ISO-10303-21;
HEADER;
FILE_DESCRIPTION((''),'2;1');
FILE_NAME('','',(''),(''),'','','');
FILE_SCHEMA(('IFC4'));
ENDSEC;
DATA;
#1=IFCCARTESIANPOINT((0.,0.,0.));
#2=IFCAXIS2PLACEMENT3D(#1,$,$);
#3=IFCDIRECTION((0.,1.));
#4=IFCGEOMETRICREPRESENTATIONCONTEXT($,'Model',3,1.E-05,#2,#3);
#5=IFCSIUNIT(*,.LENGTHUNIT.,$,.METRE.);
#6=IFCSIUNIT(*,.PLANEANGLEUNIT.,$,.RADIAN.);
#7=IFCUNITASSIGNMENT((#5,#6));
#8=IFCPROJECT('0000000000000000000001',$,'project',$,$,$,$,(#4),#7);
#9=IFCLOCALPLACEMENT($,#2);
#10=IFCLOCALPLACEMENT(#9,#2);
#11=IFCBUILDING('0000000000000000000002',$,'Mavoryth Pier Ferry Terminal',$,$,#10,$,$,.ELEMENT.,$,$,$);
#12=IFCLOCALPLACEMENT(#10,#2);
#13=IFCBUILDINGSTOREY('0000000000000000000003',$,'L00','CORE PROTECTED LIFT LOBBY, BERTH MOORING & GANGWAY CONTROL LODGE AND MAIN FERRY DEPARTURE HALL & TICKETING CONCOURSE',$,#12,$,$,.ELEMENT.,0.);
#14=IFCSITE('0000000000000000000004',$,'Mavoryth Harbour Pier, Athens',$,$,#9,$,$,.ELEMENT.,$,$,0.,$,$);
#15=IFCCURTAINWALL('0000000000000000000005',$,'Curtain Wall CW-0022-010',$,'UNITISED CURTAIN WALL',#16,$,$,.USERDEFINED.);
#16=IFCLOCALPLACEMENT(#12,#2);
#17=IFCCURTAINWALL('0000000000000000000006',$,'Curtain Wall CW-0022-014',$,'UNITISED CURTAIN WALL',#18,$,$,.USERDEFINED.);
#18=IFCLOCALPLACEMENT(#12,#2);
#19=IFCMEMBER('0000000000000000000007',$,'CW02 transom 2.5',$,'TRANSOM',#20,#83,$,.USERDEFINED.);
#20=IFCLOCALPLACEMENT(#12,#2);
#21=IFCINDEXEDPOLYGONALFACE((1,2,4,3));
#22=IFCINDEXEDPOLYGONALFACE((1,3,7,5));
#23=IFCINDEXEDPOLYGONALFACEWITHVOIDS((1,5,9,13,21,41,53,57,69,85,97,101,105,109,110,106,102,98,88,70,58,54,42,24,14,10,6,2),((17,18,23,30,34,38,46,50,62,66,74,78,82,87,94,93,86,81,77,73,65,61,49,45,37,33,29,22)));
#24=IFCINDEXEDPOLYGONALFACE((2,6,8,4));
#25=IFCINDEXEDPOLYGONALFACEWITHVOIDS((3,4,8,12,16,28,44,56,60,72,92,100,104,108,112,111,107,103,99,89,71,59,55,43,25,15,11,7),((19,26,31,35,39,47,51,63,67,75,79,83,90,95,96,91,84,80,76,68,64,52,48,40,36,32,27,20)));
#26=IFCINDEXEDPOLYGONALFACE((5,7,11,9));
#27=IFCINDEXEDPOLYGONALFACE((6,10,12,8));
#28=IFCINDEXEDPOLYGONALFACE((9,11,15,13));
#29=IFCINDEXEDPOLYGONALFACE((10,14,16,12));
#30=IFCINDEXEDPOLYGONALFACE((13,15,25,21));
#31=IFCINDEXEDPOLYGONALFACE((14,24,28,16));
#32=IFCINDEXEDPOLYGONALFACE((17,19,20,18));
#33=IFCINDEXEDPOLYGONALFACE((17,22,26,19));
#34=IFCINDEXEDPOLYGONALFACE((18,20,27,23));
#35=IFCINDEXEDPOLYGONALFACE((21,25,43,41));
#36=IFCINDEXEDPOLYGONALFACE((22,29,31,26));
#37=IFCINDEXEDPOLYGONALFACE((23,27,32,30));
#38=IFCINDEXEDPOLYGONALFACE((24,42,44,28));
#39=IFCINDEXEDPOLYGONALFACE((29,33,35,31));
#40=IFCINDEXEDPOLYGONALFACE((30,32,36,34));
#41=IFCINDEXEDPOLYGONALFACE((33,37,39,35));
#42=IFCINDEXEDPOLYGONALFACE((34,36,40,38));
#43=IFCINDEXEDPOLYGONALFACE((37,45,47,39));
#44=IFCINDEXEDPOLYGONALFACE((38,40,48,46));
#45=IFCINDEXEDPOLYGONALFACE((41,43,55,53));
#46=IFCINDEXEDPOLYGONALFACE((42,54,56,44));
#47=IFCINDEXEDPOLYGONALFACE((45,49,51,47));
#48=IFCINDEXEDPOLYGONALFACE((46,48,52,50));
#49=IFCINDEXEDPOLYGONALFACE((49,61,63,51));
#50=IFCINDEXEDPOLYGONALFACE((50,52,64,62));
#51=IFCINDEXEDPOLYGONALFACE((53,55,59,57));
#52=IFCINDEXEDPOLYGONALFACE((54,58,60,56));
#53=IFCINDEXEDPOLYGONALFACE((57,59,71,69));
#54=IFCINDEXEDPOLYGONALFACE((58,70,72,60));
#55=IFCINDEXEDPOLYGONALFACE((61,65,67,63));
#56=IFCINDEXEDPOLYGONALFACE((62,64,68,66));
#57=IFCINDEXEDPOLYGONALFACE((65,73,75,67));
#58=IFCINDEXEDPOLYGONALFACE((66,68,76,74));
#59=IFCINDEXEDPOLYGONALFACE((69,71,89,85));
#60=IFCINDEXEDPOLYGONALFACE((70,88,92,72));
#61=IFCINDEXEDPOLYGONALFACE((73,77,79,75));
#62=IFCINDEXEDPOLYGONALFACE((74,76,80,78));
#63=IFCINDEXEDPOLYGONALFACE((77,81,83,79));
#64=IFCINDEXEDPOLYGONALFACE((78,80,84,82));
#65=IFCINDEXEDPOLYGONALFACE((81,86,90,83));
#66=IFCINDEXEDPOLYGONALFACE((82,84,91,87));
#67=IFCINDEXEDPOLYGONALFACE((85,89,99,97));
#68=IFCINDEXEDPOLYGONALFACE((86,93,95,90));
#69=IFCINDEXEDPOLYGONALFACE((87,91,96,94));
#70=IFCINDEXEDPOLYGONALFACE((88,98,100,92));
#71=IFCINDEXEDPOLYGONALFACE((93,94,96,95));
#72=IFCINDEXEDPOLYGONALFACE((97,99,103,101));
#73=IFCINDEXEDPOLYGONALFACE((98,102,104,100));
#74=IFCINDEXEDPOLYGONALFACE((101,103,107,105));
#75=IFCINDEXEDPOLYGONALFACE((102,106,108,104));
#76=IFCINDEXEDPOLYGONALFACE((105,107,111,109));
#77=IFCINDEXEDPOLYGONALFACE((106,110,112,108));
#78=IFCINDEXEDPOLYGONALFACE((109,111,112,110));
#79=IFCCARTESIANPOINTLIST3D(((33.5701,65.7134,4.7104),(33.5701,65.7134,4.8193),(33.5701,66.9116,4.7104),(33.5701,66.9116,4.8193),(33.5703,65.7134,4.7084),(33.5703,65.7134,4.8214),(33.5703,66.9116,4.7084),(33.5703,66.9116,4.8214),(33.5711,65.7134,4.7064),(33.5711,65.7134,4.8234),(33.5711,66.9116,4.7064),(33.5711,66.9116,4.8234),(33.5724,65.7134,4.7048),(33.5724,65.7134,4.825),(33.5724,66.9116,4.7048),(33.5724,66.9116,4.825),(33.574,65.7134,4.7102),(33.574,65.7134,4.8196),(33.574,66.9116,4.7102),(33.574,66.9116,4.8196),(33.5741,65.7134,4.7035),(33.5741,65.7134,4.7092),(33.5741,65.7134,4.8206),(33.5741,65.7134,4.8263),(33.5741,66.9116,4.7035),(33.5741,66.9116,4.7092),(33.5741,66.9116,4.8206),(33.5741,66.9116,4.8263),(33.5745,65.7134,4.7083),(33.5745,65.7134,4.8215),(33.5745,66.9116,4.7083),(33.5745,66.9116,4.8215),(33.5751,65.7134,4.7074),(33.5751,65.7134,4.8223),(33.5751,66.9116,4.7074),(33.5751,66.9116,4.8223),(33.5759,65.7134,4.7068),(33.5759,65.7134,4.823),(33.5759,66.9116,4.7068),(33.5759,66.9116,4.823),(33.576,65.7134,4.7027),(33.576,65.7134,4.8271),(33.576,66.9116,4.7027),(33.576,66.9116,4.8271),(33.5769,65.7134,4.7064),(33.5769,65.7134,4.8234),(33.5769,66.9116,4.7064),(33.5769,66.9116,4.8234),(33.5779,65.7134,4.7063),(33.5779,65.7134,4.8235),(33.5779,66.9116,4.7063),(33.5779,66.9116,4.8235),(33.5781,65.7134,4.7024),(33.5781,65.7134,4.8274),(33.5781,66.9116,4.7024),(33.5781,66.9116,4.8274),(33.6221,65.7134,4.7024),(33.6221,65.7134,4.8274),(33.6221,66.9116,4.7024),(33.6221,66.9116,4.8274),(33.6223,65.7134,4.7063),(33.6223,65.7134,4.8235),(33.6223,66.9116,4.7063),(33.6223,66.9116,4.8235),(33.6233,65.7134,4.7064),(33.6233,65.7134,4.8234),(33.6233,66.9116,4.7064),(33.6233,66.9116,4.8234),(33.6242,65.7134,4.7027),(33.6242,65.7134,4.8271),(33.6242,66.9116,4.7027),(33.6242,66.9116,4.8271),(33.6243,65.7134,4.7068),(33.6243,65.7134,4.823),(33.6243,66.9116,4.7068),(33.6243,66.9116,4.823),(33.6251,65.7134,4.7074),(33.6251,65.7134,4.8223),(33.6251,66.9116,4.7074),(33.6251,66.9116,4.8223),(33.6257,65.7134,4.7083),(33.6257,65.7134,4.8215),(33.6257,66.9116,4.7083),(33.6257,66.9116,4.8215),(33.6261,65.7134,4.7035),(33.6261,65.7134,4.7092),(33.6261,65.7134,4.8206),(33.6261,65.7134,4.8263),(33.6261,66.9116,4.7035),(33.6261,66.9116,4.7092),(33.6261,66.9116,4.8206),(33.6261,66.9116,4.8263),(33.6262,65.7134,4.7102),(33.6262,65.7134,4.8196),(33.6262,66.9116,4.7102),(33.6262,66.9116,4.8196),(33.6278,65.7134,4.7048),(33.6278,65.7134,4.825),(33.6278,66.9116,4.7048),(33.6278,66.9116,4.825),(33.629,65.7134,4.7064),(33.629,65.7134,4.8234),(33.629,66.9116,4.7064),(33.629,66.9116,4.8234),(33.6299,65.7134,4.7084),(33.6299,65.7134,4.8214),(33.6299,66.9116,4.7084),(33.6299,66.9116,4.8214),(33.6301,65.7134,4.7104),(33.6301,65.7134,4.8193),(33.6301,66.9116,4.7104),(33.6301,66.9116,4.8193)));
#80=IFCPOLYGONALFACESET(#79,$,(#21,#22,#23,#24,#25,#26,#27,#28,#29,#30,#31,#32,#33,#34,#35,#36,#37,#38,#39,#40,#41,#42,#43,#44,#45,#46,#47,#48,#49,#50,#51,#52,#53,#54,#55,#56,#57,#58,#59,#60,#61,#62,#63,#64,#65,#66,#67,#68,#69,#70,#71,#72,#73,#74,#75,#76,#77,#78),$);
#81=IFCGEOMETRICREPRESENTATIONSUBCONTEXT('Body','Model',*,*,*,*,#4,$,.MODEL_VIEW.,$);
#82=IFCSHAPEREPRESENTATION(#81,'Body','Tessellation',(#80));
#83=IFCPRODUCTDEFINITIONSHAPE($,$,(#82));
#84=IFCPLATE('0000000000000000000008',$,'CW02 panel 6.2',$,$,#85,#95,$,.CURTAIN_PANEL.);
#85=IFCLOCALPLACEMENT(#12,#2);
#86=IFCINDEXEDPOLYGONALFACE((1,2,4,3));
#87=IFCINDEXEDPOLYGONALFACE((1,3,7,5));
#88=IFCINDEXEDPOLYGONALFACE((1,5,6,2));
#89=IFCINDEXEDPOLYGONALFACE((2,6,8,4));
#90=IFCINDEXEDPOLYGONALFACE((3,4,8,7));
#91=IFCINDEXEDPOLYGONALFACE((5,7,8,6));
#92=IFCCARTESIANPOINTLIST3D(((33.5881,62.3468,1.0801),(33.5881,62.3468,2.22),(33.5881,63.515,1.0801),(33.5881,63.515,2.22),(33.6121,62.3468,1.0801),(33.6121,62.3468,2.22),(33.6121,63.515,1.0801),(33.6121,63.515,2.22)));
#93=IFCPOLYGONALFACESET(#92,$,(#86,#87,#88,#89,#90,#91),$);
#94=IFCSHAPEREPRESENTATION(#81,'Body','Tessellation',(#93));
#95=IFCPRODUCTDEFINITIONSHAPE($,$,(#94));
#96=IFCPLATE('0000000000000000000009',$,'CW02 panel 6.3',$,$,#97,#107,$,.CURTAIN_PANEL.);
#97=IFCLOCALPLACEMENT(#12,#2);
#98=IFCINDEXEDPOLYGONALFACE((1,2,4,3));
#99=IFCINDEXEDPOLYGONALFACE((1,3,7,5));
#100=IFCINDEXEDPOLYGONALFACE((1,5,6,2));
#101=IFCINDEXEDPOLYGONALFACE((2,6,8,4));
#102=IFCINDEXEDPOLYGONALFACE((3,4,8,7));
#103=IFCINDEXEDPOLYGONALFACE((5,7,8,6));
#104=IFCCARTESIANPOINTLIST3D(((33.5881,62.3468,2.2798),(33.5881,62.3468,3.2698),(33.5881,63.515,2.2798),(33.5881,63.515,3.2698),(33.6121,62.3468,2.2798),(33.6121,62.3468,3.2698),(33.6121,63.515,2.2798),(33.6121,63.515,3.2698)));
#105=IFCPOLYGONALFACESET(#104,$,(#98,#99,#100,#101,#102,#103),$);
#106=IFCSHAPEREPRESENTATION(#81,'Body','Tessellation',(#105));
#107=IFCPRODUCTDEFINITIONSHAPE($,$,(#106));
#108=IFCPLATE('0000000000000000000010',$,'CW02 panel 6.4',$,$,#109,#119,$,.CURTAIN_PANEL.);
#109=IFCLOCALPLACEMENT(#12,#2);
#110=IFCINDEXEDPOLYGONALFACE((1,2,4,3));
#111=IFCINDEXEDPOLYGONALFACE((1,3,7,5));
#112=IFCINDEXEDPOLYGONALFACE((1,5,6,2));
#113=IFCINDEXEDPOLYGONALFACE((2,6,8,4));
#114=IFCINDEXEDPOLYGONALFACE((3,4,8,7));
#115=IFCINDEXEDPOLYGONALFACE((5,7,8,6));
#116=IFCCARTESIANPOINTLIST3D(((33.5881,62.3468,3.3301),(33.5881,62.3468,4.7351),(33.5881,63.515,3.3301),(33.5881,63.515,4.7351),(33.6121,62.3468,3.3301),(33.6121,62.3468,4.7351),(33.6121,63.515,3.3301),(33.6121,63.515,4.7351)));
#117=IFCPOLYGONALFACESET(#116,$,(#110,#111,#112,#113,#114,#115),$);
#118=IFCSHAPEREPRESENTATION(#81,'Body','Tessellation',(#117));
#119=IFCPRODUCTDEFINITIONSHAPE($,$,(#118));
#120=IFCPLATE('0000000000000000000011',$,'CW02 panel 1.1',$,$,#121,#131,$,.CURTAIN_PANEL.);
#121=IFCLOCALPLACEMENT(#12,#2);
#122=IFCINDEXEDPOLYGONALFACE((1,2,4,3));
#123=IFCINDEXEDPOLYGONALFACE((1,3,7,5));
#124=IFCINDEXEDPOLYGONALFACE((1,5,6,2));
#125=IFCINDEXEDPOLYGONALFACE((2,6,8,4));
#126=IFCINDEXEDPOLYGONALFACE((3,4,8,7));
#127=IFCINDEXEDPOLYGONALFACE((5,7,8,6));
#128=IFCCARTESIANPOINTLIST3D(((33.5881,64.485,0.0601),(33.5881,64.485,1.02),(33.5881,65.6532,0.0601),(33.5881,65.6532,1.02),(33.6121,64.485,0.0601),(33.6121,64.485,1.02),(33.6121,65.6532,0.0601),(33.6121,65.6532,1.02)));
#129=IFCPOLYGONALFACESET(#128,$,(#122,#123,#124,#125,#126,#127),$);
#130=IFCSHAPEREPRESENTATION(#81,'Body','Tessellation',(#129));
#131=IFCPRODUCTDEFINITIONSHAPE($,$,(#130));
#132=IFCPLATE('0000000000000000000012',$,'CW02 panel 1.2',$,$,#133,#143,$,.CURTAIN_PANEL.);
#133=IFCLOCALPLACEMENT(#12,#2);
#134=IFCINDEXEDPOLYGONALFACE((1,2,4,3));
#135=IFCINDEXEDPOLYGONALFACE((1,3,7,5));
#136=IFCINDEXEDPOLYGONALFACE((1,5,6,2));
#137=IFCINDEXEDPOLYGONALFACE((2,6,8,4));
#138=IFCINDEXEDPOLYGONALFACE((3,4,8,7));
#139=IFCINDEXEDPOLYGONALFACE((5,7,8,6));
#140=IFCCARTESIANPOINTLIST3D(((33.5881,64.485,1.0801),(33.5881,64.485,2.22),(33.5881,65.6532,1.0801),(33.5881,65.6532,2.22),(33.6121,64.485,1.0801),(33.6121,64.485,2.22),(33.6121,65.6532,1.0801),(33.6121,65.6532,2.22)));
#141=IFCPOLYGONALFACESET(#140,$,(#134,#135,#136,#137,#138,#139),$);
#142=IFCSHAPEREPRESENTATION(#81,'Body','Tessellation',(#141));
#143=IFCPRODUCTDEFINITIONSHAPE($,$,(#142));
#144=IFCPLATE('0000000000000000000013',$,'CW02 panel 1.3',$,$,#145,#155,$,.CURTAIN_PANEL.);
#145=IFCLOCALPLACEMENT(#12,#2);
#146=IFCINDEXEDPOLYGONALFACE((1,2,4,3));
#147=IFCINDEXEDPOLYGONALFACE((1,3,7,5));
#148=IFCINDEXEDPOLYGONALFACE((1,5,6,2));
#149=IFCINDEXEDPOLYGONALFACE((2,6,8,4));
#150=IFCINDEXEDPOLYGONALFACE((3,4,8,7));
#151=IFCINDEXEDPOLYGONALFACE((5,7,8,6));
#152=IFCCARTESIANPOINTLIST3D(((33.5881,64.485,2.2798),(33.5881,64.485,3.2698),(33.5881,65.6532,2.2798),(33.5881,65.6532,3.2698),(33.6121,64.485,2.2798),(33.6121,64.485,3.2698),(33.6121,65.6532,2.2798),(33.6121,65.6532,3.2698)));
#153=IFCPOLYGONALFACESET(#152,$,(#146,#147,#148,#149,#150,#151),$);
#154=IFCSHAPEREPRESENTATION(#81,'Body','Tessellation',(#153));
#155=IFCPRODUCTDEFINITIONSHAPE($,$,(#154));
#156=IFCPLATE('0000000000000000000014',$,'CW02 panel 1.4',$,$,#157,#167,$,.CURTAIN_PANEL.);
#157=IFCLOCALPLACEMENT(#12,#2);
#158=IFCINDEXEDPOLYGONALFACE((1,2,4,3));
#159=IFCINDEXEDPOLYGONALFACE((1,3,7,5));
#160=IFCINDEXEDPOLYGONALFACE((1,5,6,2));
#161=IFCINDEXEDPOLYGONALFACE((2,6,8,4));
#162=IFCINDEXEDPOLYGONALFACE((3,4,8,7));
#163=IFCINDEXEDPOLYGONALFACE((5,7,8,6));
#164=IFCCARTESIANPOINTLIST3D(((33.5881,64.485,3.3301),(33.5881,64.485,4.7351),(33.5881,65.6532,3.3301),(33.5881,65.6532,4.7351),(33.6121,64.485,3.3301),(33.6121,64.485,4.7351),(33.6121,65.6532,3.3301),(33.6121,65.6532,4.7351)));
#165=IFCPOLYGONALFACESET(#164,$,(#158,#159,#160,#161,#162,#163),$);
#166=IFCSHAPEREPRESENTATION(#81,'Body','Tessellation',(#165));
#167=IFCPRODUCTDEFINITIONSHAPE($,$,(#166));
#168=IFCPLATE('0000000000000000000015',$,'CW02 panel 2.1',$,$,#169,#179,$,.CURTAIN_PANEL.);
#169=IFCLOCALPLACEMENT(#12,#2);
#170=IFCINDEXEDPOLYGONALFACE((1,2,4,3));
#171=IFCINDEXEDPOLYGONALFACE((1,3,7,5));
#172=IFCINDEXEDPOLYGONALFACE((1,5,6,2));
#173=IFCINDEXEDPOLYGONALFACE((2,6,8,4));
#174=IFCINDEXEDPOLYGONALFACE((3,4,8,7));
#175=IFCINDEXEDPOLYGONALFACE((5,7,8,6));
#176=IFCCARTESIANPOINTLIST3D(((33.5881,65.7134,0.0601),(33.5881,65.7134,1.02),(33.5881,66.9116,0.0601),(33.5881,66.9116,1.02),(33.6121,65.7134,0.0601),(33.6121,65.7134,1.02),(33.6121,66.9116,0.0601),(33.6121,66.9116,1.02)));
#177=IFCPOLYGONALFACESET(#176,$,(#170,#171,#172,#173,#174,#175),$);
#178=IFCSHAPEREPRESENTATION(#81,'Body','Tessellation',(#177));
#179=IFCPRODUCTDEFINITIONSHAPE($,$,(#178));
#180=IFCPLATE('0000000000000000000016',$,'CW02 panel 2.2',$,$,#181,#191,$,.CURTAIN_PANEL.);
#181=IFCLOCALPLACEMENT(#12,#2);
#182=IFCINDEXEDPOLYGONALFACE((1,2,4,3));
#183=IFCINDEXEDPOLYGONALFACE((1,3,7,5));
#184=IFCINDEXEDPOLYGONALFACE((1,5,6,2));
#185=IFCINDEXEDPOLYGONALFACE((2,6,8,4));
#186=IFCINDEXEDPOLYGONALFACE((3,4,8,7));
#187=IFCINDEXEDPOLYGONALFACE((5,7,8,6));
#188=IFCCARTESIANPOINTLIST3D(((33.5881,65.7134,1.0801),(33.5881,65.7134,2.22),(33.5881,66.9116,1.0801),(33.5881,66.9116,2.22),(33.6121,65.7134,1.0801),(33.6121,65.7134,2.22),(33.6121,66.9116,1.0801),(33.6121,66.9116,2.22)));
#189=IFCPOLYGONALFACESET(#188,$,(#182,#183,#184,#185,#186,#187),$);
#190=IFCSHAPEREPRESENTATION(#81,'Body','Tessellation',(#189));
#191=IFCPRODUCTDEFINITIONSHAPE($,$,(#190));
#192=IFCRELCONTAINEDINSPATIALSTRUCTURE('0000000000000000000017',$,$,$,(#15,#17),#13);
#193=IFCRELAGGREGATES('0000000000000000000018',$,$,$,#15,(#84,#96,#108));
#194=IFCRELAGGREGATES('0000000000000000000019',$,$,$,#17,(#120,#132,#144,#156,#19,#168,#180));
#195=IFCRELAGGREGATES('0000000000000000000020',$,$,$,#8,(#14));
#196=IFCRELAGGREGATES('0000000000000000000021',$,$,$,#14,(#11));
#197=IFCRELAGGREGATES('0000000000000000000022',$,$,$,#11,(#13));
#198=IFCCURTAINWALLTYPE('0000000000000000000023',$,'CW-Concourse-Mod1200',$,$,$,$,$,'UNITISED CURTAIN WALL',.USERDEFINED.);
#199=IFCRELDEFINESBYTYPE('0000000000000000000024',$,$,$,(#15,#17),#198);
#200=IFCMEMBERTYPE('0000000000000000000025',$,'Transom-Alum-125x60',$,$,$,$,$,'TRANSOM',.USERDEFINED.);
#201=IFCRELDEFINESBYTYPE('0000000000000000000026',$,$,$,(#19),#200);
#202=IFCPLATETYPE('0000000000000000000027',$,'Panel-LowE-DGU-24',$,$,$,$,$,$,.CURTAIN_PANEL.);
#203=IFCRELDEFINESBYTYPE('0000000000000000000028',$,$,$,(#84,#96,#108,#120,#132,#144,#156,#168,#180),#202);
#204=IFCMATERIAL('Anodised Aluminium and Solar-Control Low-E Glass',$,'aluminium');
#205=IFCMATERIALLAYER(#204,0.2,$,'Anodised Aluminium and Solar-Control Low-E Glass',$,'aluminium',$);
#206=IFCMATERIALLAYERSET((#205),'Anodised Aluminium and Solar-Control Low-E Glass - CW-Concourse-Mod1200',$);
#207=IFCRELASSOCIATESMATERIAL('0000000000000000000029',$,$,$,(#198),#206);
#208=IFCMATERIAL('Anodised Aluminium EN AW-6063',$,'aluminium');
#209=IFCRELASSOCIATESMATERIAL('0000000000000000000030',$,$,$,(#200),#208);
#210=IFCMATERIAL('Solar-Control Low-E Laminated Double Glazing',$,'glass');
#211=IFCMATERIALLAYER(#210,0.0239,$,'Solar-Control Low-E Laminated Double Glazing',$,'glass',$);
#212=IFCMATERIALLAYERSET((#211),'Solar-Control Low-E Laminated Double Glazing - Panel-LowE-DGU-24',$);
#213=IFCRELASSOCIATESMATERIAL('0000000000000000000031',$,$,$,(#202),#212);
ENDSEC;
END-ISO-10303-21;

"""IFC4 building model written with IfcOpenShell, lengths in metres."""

from ifc_helpers import new_model, si_unit, direction, frame, origin, origin_2d, place, context, subcontext, project, spatial, rectangle, hollow_rectangle, extrude, material, layer, layer_set, material_profile, profile_set, type_object, element, aggregate, save


model = new_model("IFC4")

# Units and contexts
model_context = context("Model", 3, precision=1e-05, world=origin(), true_north=direction((0.0, 1.0)))
body_context = subcontext(model_context, "Body", "Model", "MODEL_VIEW")
ifc_project = project(units=[si_unit("LENGTHUNIT", "METRE"), si_unit("PLANEANGLEUNIT", "RADIAN")], contexts=[model_context])

# Site, building, storey
site_placement = place(None, origin())
site = spatial("IfcSite", under=ifc_project, at=site_placement, Name="Mavoryth Harbour Pier, Athens", CompositionType="ELEMENT", RefElevation=0.0)
building_placement = place(site_placement, origin())
building = spatial("IfcBuilding", under=site, at=building_placement, Name="Mavoryth Pier Ferry Terminal", CompositionType="ELEMENT")
storey_placement = place(building_placement, origin())
storey = spatial("IfcBuildingStorey", under=building, at=storey_placement, Name="L00", Description="CORE PROTECTED LIFT LOBBY, BERTH MOORING & GANGWAY CONTROL LODGE AND MAIN FERRY DEPARTURE HALL & TICKETING CONCOURSE", CompositionType="ELEMENT", Elevation=0.0)

# Curtain wall
ifc_material_1 = material(Name="Anodised Aluminium and Solar-Control Low-E Glass", Category="aluminium")
ifc_layer_1 = layer(ifc_material_1, 0.2, Name="Anodised Aluminium and Solar-Control Low-E Glass", Category="aluminium")
ifc_layer_set_1 = layer_set([ifc_layer_1], Name="Anodised Aluminium and Solar-Control Low-E Glass - CW-Concourse-Mod1200")
curtain_wall_type = type_object("IfcCurtainWallType", Name="CW-Concourse-Mod1200", ElementType="UNITISED CURTAIN WALL", PredefinedType="USERDEFINED", material=ifc_layer_set_1)
curtain_wall_1_placement = place(storey_placement, origin())
curtain_wall_1 = element("IfcCurtainWall", 1, at=curtain_wall_1_placement, inside=storey, type_object=curtain_wall_type, Name="Curtain Wall CW-0022-010", ObjectType="UNITISED CURTAIN WALL", PredefinedType="USERDEFINED")
ifc_material_2 = material(Name="Anodised Aluminium EN AW-6063", Category="aluminium")

# Curtain wall, member
curtain_wall_2_placement = place(storey_placement, origin())
curtain_wall_2 = element("IfcCurtainWall", 2, at=curtain_wall_2_placement, inside=storey, type_object=curtain_wall_type, Name="Curtain Wall CW-0022-014", ObjectType="UNITISED CURTAIN WALL", PredefinedType="USERDEFINED")
ifc_material_profile_1 = material_profile(ifc_material_2, hollow_rectangle(XDim=0.0601, YDim=0.125, WallThickness=0.0039, InnerFilletRadius=0.0039, OuterFilletRadius=0.0081, at=origin_2d()), Name="AL-TRAN 125x60x4", Category="aluminium")
ifc_profile_set_1 = profile_set([ifc_material_profile_1], Name="Anodised Aluminium EN AW-6063 - AL-TRAN 125x60x4")
member_type_1 = type_object("IfcMemberType", Name="Transom-Alum-125x60", ElementType="TRANSOM", PredefinedType="USERDEFINED", material=ifc_profile_set_1)
member_1_placement = place(storey_placement, frame((33.6001, 65.7134, 4.7649), z_axis=(0.0, 1.0, 0.0), x_axis=(-1.0, 0.0, 0.0)))
member_1 = element("IfcMember", 3, at=member_1_placement, type_object=member_type_1, Name="CW02 transom 2.5", ObjectType="TRANSOM", PredefinedType="USERDEFINED", context=body_context, shape_type="SweptSolid", body=[
    extrude(hollow_rectangle(XDim=0.0601, YDim=0.125, WallThickness=0.0039, InnerFilletRadius=0.0039, OuterFilletRadius=0.0081, at=origin_2d()), origin(), (0.0, 0.0, 1.0), 1.1982),
])

# Plates
ifc_material_3 = material(Name="Solar-Control Low-E Laminated Double Glazing", Category="glass")
ifc_layer_2 = layer(ifc_material_3, 0.0239, Name="Solar-Control Low-E Laminated Double Glazing", Category="glass")
ifc_layer_set_2 = layer_set([ifc_layer_2], Name="Solar-Control Low-E Laminated Double Glazing - Panel-LowE-DGU-24")
plate_type = type_object("IfcPlateType", Name="Panel-LowE-DGU-24", PredefinedType="CURTAIN_PANEL", material=ifc_layer_set_2)
plate_1_placement = place(storey_placement, frame((33.6001, 62.9309, 1.0801), z_axis=(0.0, 0.0, 1.0), x_axis=(0.0, 1.0, 0.0)))
plate_1 = element("IfcPlate", 4, at=plate_1_placement, type_object=plate_type, Name="CW02 panel 6.2", PredefinedType="CURTAIN_PANEL", context=body_context, shape_type="SweptSolid", body=[
    extrude(rectangle(XDim=1.1682, YDim=0.0239, at=origin_2d()), origin(), (0.0, 0.0, 1.0), 1.1399),
])
plate_2_placement = place(storey_placement, frame((33.6001, 62.9309, 2.2798), z_axis=(0.0, 0.0, 1.0), x_axis=(0.0, 1.0, 0.0)))
plate_2 = element("IfcPlate", 5, at=plate_2_placement, type_object=plate_type, Name="CW02 panel 6.3", PredefinedType="CURTAIN_PANEL", context=body_context, shape_type="SweptSolid", body=[
    extrude(rectangle(XDim=1.1682, YDim=0.0239, at=origin_2d()), origin(), (0.0, 0.0, 1.0), 0.99),
])
plate_3_placement = place(storey_placement, frame((33.6001, 62.9309, 3.3301), z_axis=(0.0, 0.0, 1.0), x_axis=(0.0, 1.0, 0.0)))
plate_3 = element("IfcPlate", 6, at=plate_3_placement, type_object=plate_type, Name="CW02 panel 6.4", PredefinedType="CURTAIN_PANEL", context=body_context, shape_type="SweptSolid", body=[
    extrude(rectangle(XDim=1.1682, YDim=0.0239, at=origin_2d()), origin(), (0.0, 0.0, 1.0), 1.405),
])
aggregate(curtain_wall_1, [plate_1, plate_2, plate_3])
plate_4_placement = place(storey_placement, frame((33.6001, 65.0691, 0.0601), z_axis=(0.0, 0.0, 1.0), x_axis=(0.0, 1.0, 0.0)))
plate_4 = element("IfcPlate", 7, at=plate_4_placement, type_object=plate_type, Name="CW02 panel 1.1", PredefinedType="CURTAIN_PANEL", context=body_context, shape_type="SweptSolid", body=[
    extrude(rectangle(XDim=1.1682, YDim=0.0239, at=origin_2d()), origin(), (0.0, 0.0, 1.0), 0.96),
])
plate_5_placement = place(storey_placement, frame((33.6001, 65.0691, 1.0801), z_axis=(0.0, 0.0, 1.0), x_axis=(0.0, 1.0, 0.0)))
plate_5 = element("IfcPlate", 8, at=plate_5_placement, type_object=plate_type, Name="CW02 panel 1.2", PredefinedType="CURTAIN_PANEL", context=body_context, shape_type="SweptSolid", body=[
    extrude(rectangle(XDim=1.1682, YDim=0.0239, at=origin_2d()), origin(), (0.0, 0.0, 1.0), 1.1399),
])
plate_6_placement = place(storey_placement, frame((33.6001, 65.0691, 2.2798), z_axis=(0.0, 0.0, 1.0), x_axis=(0.0, 1.0, 0.0)))
plate_6 = element("IfcPlate", 9, at=plate_6_placement, type_object=plate_type, Name="CW02 panel 1.3", PredefinedType="CURTAIN_PANEL", context=body_context, shape_type="SweptSolid", body=[
    extrude(rectangle(XDim=1.1682, YDim=0.0239, at=origin_2d()), origin(), (0.0, 0.0, 1.0), 0.99),
])
plate_7_placement = place(storey_placement, frame((33.6001, 65.0691, 3.3301), z_axis=(0.0, 0.0, 1.0), x_axis=(0.0, 1.0, 0.0)))
plate_7 = element("IfcPlate", 10, at=plate_7_placement, type_object=plate_type, Name="CW02 panel 1.4", PredefinedType="CURTAIN_PANEL", context=body_context, shape_type="SweptSolid", body=[
    extrude(rectangle(XDim=1.1682, YDim=0.0239, at=origin_2d()), origin(), (0.0, 0.0, 1.0), 1.405),
])
plate_8_placement = place(storey_placement, frame((33.6001, 66.3125, 0.0601), z_axis=(0.0, 0.0, 1.0), x_axis=(0.0, 1.0, 0.0)))
plate_8 = element("IfcPlate", 11, at=plate_8_placement, type_object=plate_type, Name="CW02 panel 2.1", PredefinedType="CURTAIN_PANEL", context=body_context, shape_type="SweptSolid", body=[
    extrude(rectangle(XDim=1.1982, YDim=0.0239, at=origin_2d()), origin(), (0.0, 0.0, 1.0), 0.96),
])
plate_9_placement = place(storey_placement, frame((33.6001, 66.3125, 1.0801), z_axis=(0.0, 0.0, 1.0), x_axis=(0.0, 1.0, 0.0)))
plate_9 = element("IfcPlate", 12, at=plate_9_placement, type_object=plate_type, Name="CW02 panel 2.2", PredefinedType="CURTAIN_PANEL", context=body_context, shape_type="SweptSolid", body=[
    extrude(rectangle(XDim=1.1982, YDim=0.0239, at=origin_2d()), origin(), (0.0, 0.0, 1.0), 1.1399),
])
aggregate(curtain_wall_2, [plate_4, plate_5, plate_6, plate_7, member_1, plate_8, plate_9])

save(model, "model.ifc")
